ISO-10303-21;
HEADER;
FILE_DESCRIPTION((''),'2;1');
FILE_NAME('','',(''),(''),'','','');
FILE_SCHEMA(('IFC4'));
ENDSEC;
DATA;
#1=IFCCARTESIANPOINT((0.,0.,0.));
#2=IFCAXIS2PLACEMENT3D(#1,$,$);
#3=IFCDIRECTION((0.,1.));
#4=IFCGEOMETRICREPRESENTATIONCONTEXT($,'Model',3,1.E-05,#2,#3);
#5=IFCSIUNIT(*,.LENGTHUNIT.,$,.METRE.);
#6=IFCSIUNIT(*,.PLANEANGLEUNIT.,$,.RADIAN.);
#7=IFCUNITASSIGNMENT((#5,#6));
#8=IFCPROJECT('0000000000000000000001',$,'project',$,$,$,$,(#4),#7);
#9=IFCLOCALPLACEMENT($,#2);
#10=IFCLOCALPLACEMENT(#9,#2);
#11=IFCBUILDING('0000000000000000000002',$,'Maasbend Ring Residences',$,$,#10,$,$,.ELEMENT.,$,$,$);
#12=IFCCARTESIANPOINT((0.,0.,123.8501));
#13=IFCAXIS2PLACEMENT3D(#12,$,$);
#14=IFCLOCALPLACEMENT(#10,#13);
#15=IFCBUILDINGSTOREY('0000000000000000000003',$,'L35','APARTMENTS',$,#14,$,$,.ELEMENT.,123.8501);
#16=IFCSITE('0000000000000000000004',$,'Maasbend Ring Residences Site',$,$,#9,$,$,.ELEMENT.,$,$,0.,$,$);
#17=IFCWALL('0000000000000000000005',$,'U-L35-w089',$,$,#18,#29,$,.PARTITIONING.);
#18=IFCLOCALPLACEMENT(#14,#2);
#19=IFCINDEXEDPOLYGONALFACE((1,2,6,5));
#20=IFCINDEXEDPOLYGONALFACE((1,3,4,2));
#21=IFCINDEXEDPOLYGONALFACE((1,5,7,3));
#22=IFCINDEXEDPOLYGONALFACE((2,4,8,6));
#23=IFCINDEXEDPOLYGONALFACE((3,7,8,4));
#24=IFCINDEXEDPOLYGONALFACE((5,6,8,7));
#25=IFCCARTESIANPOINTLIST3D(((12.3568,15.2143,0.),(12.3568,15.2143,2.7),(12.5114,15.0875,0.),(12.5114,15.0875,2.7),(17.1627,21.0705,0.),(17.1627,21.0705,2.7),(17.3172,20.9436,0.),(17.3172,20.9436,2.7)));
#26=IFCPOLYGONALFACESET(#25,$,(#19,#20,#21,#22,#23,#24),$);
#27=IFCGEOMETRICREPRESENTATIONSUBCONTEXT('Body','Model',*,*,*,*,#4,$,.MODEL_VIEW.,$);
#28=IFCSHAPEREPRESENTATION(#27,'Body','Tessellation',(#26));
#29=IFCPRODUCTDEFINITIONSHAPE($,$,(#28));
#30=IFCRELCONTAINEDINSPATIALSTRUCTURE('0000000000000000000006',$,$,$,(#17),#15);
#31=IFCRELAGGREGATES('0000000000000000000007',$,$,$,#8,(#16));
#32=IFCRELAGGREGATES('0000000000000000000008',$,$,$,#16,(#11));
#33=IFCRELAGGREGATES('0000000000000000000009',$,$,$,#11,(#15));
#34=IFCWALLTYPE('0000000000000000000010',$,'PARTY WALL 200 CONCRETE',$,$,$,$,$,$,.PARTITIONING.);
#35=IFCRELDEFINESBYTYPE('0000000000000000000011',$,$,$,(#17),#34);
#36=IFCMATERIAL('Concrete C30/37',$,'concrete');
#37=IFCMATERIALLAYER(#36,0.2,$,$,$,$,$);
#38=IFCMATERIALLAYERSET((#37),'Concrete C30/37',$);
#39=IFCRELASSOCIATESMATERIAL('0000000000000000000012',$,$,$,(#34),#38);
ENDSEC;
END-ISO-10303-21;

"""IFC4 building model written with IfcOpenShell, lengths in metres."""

from ifc_helpers import new_model, si_unit, direction, frame, frame_2d, origin, place, context, subcontext, project, spatial, rectangle, extrude, material, layer, layer_set, type_object, element, save


model = new_model("IFC4")

# Units and contexts
model_context = context("Model", 3, precision=1e-05, world=origin(), true_north=direction((0.0, 1.0)))
body_context = subcontext(model_context, "Body", "Model", "MODEL_VIEW")
ifc_project = project(units=[si_unit("LENGTHUNIT", "METRE"), si_unit("PLANEANGLEUNIT", "RADIAN")], contexts=[model_context])

# Site, building, storey
site_placement = place(None, origin())
site = spatial("IfcSite", under=ifc_project, at=site_placement, Name="Maasbend Ring Residences Site", CompositionType="ELEMENT", RefElevation=0.0)
building_placement = place(site_placement, origin())
building = spatial("IfcBuilding", under=site, at=building_placement, Name="Maasbend Ring Residences", CompositionType="ELEMENT")
storey_placement = place(building_placement, frame((0.0, 0.0, 123.8501)))
storey = spatial("IfcBuildingStorey", under=building, at=storey_placement, Name="L35", Description="APARTMENTS", CompositionType="ELEMENT", Elevation=123.8501)

# Wall
ifc_material_1 = material(Name="Concrete C30/37", Category="concrete")
ifc_layer_1 = layer(ifc_material_1, 0.2)
ifc_layer_set_1 = layer_set([ifc_layer_1], Name="Concrete C30/37")
wall_type_1 = type_object("IfcWallType", Name="PARTY WALL 200 CONCRETE", PredefinedType="PARTITIONING", material=ifc_layer_set_1)
wall_1_placement = place(storey_placement, frame((12.4341, 15.1509, 0.0), z_axis=(0.0, 0.0, 1.0), x_axis=(0.634381, 0.77302, 0.0)))
element("IfcWall", 1, at=wall_1_placement, inside=storey, type_object=wall_type_1, Name="U-L35-w089", PredefinedType="PARTITIONING", context=body_context, shape_type="SweptSolid", body=[
    extrude(rectangle(XDim=7.5757, YDim=0.2, at=frame_2d((3.7878, 0.0))), origin(), (0.0, 0.0, 1.0), 2.7),
])

save(model, "model.ifc")
